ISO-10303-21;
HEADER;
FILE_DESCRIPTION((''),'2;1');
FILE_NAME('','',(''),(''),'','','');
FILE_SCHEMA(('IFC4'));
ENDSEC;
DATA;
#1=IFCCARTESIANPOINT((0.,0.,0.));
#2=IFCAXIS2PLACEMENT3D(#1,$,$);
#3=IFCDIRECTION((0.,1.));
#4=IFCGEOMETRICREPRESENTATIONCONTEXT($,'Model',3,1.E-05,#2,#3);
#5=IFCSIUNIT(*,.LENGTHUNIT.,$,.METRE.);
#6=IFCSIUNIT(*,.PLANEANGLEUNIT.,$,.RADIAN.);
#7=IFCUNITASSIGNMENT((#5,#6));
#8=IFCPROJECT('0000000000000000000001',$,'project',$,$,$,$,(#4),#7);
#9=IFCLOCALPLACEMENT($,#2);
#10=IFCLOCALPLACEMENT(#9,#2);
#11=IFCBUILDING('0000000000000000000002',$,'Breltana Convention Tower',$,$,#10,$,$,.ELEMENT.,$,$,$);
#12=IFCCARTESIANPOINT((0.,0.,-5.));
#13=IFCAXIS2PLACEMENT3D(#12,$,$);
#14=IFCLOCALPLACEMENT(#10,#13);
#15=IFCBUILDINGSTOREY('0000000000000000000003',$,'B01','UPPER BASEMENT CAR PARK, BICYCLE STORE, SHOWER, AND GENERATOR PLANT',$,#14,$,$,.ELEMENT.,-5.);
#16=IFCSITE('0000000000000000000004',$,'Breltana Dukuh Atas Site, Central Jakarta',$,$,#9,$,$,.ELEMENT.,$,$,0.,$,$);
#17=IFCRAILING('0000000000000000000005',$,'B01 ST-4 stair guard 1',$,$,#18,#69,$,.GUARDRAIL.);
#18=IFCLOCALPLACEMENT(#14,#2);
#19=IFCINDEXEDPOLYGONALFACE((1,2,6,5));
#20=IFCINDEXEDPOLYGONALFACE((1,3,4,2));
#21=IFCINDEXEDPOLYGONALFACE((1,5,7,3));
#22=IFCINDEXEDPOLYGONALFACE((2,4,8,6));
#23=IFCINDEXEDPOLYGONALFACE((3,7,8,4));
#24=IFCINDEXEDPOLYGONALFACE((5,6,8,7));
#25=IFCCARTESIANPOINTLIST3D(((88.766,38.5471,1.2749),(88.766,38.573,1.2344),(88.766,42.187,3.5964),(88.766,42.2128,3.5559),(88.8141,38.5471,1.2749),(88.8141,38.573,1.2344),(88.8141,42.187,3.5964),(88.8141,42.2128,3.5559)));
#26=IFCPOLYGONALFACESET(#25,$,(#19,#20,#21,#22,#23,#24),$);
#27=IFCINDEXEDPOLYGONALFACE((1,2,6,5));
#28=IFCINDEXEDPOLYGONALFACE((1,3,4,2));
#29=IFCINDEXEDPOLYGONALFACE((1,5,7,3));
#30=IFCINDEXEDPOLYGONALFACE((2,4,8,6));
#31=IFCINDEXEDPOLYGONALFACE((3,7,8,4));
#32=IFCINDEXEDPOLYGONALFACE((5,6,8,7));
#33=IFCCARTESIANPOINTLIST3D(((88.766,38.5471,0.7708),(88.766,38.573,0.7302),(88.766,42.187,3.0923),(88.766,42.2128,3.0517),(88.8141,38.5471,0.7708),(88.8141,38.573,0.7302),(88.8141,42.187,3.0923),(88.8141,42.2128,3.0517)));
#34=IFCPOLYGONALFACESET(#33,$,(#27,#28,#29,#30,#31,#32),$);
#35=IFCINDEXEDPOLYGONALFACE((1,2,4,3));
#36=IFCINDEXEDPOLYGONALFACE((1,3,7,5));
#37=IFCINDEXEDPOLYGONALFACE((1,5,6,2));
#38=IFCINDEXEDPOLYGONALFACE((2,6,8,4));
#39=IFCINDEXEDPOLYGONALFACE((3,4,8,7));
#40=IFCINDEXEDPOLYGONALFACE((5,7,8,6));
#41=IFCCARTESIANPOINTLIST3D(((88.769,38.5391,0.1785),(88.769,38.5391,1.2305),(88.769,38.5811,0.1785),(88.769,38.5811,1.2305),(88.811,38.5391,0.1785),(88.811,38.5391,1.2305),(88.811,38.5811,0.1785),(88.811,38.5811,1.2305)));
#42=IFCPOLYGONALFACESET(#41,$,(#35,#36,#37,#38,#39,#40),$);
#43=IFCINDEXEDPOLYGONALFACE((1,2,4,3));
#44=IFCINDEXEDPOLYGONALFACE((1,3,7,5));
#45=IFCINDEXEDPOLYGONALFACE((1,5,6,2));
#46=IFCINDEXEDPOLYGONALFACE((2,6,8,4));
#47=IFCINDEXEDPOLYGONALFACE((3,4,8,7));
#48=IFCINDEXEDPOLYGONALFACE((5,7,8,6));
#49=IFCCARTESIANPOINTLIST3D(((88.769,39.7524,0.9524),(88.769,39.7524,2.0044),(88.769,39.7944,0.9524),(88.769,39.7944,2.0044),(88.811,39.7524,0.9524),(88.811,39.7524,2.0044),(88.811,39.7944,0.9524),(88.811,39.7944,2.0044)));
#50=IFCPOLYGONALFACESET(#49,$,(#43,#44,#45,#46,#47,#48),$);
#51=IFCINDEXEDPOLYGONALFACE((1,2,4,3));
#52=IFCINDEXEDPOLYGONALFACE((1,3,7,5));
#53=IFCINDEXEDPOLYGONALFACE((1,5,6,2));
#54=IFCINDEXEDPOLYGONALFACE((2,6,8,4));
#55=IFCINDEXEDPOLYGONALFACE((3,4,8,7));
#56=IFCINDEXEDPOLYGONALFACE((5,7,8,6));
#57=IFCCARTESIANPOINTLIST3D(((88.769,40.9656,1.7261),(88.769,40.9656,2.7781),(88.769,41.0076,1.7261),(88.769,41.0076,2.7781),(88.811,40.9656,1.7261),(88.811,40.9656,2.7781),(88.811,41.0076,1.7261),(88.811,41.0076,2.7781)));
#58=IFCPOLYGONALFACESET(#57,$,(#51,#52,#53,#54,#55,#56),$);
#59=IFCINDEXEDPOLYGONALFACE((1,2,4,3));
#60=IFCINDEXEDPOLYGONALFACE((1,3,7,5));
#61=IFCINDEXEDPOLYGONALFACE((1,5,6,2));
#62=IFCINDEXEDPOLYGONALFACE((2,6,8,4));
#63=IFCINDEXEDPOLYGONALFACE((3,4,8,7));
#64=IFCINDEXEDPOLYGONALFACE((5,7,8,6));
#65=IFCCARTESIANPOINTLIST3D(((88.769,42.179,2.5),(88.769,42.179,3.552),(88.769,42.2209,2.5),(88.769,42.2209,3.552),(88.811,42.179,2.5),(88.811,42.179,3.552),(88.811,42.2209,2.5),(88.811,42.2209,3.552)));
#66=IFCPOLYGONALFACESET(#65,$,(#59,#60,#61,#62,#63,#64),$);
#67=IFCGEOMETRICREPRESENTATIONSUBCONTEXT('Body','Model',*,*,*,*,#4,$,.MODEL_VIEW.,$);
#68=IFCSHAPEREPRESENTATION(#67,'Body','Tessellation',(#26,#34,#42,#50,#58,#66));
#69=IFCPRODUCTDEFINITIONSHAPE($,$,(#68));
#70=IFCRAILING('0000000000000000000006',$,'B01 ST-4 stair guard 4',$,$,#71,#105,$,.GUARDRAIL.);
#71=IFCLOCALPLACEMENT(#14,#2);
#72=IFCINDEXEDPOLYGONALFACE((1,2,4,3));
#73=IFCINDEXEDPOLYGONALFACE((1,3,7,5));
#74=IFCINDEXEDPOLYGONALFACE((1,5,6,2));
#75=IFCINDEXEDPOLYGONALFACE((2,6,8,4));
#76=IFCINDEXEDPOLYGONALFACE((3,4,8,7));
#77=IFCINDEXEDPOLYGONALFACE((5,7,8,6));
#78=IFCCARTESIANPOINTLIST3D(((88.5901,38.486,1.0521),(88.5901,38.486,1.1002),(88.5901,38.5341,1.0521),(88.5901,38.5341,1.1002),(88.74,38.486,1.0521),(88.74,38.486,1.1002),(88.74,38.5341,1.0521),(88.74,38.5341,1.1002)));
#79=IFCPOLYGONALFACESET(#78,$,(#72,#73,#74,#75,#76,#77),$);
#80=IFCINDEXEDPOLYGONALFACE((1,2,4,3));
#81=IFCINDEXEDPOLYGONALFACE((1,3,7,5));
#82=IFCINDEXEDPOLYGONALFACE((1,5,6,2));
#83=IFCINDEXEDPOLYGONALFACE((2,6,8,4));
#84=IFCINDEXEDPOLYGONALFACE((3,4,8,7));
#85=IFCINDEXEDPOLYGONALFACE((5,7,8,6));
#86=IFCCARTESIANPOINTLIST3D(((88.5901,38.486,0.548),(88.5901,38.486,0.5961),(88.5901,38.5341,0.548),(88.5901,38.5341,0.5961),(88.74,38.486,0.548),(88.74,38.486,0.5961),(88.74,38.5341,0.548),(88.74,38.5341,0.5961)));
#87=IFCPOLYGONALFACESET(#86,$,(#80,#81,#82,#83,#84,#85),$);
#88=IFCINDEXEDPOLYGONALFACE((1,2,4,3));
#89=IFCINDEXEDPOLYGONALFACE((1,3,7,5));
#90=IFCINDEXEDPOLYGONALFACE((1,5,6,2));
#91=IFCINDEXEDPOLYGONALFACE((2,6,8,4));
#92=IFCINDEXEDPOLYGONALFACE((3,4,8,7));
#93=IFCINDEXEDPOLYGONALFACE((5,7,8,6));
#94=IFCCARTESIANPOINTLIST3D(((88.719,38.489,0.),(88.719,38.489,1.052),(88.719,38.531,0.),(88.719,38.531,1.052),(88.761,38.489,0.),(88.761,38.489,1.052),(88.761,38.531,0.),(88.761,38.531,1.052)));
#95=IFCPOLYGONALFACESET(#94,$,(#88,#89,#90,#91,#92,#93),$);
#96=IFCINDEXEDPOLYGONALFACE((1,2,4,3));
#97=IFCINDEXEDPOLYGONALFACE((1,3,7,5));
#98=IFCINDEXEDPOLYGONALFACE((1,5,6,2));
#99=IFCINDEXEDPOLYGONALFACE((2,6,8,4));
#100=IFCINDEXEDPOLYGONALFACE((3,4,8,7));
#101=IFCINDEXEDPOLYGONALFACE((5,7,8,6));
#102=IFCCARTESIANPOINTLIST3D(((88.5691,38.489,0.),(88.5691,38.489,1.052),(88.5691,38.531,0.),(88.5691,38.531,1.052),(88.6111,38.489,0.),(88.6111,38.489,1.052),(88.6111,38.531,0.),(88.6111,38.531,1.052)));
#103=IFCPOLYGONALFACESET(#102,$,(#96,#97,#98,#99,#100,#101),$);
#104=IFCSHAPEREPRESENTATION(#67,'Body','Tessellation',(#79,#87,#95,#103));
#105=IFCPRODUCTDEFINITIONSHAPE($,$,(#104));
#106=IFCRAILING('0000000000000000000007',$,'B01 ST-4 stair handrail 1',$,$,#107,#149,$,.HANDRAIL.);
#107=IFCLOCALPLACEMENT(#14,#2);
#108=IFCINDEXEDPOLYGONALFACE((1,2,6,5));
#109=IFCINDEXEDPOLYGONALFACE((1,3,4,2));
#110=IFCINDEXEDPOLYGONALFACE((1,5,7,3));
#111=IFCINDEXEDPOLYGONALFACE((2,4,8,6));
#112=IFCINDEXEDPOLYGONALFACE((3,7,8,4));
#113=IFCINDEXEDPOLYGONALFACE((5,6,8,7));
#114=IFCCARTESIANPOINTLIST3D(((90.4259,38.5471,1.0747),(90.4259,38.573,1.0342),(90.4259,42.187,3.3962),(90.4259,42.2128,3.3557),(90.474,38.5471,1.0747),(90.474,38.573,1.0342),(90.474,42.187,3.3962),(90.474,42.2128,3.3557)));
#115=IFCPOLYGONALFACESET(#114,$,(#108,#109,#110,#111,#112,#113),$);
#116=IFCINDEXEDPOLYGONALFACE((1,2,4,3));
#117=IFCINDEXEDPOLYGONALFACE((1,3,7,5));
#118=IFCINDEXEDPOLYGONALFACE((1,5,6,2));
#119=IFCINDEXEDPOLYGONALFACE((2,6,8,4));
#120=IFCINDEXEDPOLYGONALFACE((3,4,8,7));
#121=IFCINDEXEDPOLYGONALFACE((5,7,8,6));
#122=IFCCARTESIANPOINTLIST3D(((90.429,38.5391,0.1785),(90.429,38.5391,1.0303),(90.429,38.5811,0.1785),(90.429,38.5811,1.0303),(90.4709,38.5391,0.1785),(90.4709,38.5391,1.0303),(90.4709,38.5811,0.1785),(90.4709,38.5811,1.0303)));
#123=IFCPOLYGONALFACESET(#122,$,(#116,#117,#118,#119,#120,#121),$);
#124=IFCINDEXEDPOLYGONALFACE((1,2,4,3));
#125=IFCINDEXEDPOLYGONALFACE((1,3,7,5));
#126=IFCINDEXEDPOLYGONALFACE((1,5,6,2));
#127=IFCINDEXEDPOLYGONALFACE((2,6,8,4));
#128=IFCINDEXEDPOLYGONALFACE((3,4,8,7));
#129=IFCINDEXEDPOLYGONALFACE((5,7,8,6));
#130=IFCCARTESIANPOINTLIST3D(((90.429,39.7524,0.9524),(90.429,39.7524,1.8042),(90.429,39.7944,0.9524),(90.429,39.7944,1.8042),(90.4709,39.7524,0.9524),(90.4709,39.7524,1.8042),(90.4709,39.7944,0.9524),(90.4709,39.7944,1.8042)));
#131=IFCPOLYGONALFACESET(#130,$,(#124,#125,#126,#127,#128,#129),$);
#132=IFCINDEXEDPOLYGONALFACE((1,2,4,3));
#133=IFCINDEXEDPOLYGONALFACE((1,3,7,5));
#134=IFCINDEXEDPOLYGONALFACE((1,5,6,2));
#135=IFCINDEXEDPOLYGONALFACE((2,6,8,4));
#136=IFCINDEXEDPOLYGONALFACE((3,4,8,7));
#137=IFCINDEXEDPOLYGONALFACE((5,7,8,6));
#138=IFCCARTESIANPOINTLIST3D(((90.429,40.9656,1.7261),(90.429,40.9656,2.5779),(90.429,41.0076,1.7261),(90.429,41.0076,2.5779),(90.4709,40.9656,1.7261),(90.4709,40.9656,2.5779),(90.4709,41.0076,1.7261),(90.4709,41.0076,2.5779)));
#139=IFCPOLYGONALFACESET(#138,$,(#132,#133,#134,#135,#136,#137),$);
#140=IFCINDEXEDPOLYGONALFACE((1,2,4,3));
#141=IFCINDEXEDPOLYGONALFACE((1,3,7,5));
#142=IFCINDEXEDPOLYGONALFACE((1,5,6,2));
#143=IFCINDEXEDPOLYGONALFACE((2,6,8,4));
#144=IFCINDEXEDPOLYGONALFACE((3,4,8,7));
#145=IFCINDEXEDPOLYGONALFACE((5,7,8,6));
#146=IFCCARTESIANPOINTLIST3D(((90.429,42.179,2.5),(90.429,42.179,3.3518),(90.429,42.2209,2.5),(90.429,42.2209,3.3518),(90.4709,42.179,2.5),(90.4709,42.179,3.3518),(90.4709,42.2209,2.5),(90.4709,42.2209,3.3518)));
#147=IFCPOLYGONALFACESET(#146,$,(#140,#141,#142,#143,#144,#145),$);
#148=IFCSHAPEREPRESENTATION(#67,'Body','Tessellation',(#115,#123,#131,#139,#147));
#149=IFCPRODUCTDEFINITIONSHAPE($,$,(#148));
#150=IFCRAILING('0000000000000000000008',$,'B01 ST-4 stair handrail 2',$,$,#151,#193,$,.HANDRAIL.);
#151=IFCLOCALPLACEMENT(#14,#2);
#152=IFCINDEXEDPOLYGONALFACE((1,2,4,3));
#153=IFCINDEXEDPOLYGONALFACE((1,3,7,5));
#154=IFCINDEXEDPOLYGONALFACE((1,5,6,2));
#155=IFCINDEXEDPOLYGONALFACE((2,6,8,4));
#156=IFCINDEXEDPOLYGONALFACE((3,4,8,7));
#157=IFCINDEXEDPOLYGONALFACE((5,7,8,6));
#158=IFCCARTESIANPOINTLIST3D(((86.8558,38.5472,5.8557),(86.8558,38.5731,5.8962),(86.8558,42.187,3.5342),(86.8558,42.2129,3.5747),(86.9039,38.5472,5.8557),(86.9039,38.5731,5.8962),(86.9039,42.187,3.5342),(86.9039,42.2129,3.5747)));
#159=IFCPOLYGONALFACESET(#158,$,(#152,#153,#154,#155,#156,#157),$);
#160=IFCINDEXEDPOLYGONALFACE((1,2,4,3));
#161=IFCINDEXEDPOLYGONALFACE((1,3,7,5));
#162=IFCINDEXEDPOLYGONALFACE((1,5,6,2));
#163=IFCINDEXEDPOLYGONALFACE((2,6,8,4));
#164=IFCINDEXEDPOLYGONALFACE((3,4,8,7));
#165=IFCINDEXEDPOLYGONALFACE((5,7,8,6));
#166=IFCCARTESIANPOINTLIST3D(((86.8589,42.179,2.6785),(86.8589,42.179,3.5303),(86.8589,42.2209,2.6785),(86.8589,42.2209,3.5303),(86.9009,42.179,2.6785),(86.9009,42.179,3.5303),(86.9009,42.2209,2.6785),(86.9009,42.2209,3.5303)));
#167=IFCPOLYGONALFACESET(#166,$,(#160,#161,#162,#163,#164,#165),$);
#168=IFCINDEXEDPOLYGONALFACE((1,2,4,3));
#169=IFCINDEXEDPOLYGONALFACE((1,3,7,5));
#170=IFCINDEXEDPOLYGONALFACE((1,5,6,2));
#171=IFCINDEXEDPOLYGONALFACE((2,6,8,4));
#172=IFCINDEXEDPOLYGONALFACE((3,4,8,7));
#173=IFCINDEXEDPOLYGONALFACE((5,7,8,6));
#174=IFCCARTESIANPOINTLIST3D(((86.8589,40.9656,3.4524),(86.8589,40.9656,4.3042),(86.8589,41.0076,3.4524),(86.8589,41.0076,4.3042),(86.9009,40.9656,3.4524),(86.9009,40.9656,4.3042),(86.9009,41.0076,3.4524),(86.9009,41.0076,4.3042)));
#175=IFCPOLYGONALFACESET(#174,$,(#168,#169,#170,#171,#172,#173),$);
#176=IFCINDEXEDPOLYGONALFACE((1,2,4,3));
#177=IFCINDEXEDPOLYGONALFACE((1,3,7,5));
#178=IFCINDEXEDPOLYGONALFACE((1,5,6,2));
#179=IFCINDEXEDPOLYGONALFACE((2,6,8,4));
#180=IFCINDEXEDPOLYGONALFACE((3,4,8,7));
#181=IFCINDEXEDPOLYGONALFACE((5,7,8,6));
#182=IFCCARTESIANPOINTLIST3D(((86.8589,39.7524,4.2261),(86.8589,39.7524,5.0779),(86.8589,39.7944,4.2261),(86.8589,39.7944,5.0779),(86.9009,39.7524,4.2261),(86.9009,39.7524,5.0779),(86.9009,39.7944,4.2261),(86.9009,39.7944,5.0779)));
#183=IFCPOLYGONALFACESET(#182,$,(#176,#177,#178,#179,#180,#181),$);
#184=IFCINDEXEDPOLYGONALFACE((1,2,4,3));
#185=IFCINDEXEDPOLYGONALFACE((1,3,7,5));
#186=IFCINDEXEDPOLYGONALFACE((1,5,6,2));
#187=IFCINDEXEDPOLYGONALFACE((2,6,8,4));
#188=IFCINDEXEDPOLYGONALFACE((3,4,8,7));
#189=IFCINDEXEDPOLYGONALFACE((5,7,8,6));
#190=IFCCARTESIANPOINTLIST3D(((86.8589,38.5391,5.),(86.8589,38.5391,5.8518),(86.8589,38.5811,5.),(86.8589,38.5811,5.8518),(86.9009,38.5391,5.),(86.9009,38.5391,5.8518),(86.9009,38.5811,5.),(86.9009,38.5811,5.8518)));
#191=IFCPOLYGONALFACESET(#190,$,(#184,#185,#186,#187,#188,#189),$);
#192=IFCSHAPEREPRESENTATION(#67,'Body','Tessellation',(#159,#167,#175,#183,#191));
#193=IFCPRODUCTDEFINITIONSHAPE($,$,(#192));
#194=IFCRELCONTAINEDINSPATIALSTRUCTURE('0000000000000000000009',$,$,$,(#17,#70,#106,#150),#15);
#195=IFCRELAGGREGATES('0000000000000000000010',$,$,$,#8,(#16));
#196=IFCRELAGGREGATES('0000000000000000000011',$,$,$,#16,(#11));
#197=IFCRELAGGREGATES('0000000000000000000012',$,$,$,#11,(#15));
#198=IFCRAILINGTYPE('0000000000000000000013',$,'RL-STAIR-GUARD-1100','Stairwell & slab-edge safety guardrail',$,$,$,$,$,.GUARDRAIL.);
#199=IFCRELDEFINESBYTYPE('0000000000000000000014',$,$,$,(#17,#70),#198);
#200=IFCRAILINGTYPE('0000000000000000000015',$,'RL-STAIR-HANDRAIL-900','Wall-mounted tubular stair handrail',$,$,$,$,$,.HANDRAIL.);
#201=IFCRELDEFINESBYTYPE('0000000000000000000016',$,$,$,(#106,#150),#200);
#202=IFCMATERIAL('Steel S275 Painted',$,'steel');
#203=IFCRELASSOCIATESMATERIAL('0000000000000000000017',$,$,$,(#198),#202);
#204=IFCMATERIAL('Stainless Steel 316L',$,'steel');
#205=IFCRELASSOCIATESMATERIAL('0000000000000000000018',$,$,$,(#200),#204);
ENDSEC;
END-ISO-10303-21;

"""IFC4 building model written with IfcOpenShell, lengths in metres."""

from ifc_helpers import new_model, si_unit, direction, frame, origin, origin_2d, place, context, subcontext, project, spatial, rectangle, extrude, material, type_object, element, save


model = new_model("IFC4")

# Units and contexts
model_context = context("Model", 3, precision=1e-05, world=origin(), true_north=direction((0.0, 1.0)))
body_context = subcontext(model_context, "Body", "Model", "MODEL_VIEW")
ifc_project = project(units=[si_unit("LENGTHUNIT", "METRE"), si_unit("PLANEANGLEUNIT", "RADIAN")], contexts=[model_context])

# Site, building, storey
site_placement = place(None, origin())
site = spatial("IfcSite", under=ifc_project, at=site_placement, Name="Breltana Dukuh Atas Site, Central Jakarta", CompositionType="ELEMENT", RefElevation=0.0)
building_placement = place(site_placement, origin())
building = spatial("IfcBuilding", under=site, at=building_placement, Name="Breltana Convention Tower", CompositionType="ELEMENT")
storey_placement = place(building_placement, frame((0.0, 0.0, -5.0)))
storey = spatial("IfcBuildingStorey", under=building, at=storey_placement, Name="B01", Description="UPPER BASEMENT CAR PARK, BICYCLE STORE, SHOWER, AND GENERATOR PLANT", CompositionType="ELEMENT", Elevation=-5.0)

# Railings
ifc_material_1 = material(Name="Steel S275 Painted", Category="steel")
railing_type_1 = type_object("IfcRailingType", Name="RL-STAIR-GUARD-1100", Description="Stairwell & slab-edge safety guardrail", PredefinedType="GUARDRAIL", material=ifc_material_1)
railing_1_placement = place(storey_placement, frame((88.79, 38.5601, 0.1785)))
element("IfcRailing", 1, at=railing_1_placement, inside=storey, type_object=railing_type_1, Name="B01 ST-4 stair guard 1", PredefinedType="GUARDRAIL", context=body_context, shape_type="SweptSolid", body=[
    extrude(rectangle(XDim=0.0481, YDim=0.0481, at=origin_2d()), frame((0.0, 0.0, 1.0762), z_axis=(0.0, 0.843112, 0.537739), x_axis=(-1.0, 0.0, 0.0)), (0.0, 0.0, 1.0), 4.3171),
    extrude(rectangle(XDim=0.0481, YDim=0.0481, at=origin_2d()), frame((0.0, 0.0, 0.572), z_axis=(0.0, 0.843112, 0.537739), x_axis=(-1.0, 0.0, 0.0)), (0.0, 0.0, 1.0), 4.3171),
    extrude(rectangle(XDim=0.042, YDim=0.042, at=origin_2d()), origin(), (0.0, 0.0, 1.0), 1.052),
    extrude(rectangle(XDim=0.042, YDim=0.042, at=origin_2d()), frame((0.0, 1.2134, 0.7739)), (0.0, 0.0, 1.0), 1.052),
    extrude(rectangle(XDim=0.042, YDim=0.042, at=origin_2d()), frame((0.0, 2.4265, 1.5476)), (0.0, 0.0, 1.0), 1.052),
    extrude(rectangle(XDim=0.042, YDim=0.042, at=origin_2d()), frame((0.0, 3.6399, 2.3215)), (0.0, 0.0, 1.0), 1.052),
])
railing_2_placement = place(storey_placement, frame((88.74, 38.51, 0.0)))
element("IfcRailing", 2, at=railing_2_placement, inside=storey, type_object=railing_type_1, Name="B01 ST-4 stair guard 4", PredefinedType="GUARDRAIL", context=body_context, shape_type="SweptSolid", body=[
    extrude(rectangle(XDim=0.0481, YDim=0.0481, at=origin_2d()), frame((0.0, 0.0, 1.0762), z_axis=(-1.0, 0.0, 0.0), x_axis=(0.0, -1.0, 0.0)), (0.0, 0.0, 1.0), 0.1499),
    extrude(rectangle(XDim=0.0481, YDim=0.0481, at=origin_2d()), frame((0.0, 0.0, 0.572), z_axis=(-1.0, 0.0, 0.0), x_axis=(0.0, -1.0, 0.0)), (0.0, 0.0, 1.0), 0.1499),
    extrude(rectangle(XDim=0.042, YDim=0.042, at=origin_2d()), origin(), (0.0, 0.0, 1.0), 1.052),
    extrude(rectangle(XDim=0.042, YDim=0.042, at=origin_2d()), frame((-0.1499, 0.0, 0.0)), (0.0, 0.0, 1.0), 1.052),
])
ifc_material_2 = material(Name="Stainless Steel 316L", Category="steel")
railing_type_2 = type_object("IfcRailingType", Name="RL-STAIR-HANDRAIL-900", Description="Wall-mounted tubular stair handrail", PredefinedType="HANDRAIL", material=ifc_material_2)
railing_3_placement = place(storey_placement, frame((90.45, 38.5601, 0.1785)))
element("IfcRailing", 3, at=railing_3_placement, inside=storey, type_object=railing_type_2, Name="B01 ST-4 stair handrail 1", PredefinedType="HANDRAIL", context=body_context, shape_type="SweptSolid", body=[
    extrude(rectangle(XDim=0.0481, YDim=0.0481, at=origin_2d()), frame((0.0, 0.0, 0.876), z_axis=(0.0, 0.843112, 0.537739), x_axis=(-1.0, 0.0, 0.0)), (0.0, 0.0, 1.0), 4.3171),
    extrude(rectangle(XDim=0.042, YDim=0.042, at=origin_2d()), origin(), (0.0, 0.0, 1.0), 0.8518),
    extrude(rectangle(XDim=0.042, YDim=0.042, at=origin_2d()), frame((0.0, 1.2134, 0.7739)), (0.0, 0.0, 1.0), 0.8518),
    extrude(rectangle(XDim=0.042, YDim=0.042, at=origin_2d()), frame((0.0, 2.4265, 1.5476)), (0.0, 0.0, 1.0), 0.8518),
    extrude(rectangle(XDim=0.042, YDim=0.042, at=origin_2d()), frame((0.0, 3.6399, 2.3215)), (0.0, 0.0, 1.0), 0.8518),
])
railing_4_placement = place(storey_placement, frame((86.8799, 42.2, 2.6785)))
element("IfcRailing", 4, at=railing_4_placement, inside=storey, type_object=railing_type_2, Name="B01 ST-4 stair handrail 2", PredefinedType="HANDRAIL", context=body_context, shape_type="SweptSolid", body=[
    extrude(rectangle(XDim=0.0481, YDim=0.0481, at=origin_2d()), frame((0.0, 0.0, 0.876), z_axis=(0.0, -0.843112, 0.537739), x_axis=(1.0, 0.0, 0.0)), (0.0, 0.0, 1.0), 4.3171),
    extrude(rectangle(XDim=0.042, YDim=0.042, at=origin_2d()), origin(), (0.0, 0.0, 1.0), 0.8518),
    extrude(rectangle(XDim=0.042, YDim=0.042, at=origin_2d()), frame((0.0, -1.2134, 0.7739)), (0.0, 0.0, 1.0), 0.8518),
    extrude(rectangle(XDim=0.042, YDim=0.042, at=origin_2d()), frame((0.0, -2.4265, 1.5476)), (0.0, 0.0, 1.0), 0.8518),
    extrude(rectangle(XDim=0.042, YDim=0.042, at=origin_2d()), frame((0.0, -3.6399, 2.3215)), (0.0, 0.0, 1.0), 0.8518),
])

save(model, "model.ifc")
